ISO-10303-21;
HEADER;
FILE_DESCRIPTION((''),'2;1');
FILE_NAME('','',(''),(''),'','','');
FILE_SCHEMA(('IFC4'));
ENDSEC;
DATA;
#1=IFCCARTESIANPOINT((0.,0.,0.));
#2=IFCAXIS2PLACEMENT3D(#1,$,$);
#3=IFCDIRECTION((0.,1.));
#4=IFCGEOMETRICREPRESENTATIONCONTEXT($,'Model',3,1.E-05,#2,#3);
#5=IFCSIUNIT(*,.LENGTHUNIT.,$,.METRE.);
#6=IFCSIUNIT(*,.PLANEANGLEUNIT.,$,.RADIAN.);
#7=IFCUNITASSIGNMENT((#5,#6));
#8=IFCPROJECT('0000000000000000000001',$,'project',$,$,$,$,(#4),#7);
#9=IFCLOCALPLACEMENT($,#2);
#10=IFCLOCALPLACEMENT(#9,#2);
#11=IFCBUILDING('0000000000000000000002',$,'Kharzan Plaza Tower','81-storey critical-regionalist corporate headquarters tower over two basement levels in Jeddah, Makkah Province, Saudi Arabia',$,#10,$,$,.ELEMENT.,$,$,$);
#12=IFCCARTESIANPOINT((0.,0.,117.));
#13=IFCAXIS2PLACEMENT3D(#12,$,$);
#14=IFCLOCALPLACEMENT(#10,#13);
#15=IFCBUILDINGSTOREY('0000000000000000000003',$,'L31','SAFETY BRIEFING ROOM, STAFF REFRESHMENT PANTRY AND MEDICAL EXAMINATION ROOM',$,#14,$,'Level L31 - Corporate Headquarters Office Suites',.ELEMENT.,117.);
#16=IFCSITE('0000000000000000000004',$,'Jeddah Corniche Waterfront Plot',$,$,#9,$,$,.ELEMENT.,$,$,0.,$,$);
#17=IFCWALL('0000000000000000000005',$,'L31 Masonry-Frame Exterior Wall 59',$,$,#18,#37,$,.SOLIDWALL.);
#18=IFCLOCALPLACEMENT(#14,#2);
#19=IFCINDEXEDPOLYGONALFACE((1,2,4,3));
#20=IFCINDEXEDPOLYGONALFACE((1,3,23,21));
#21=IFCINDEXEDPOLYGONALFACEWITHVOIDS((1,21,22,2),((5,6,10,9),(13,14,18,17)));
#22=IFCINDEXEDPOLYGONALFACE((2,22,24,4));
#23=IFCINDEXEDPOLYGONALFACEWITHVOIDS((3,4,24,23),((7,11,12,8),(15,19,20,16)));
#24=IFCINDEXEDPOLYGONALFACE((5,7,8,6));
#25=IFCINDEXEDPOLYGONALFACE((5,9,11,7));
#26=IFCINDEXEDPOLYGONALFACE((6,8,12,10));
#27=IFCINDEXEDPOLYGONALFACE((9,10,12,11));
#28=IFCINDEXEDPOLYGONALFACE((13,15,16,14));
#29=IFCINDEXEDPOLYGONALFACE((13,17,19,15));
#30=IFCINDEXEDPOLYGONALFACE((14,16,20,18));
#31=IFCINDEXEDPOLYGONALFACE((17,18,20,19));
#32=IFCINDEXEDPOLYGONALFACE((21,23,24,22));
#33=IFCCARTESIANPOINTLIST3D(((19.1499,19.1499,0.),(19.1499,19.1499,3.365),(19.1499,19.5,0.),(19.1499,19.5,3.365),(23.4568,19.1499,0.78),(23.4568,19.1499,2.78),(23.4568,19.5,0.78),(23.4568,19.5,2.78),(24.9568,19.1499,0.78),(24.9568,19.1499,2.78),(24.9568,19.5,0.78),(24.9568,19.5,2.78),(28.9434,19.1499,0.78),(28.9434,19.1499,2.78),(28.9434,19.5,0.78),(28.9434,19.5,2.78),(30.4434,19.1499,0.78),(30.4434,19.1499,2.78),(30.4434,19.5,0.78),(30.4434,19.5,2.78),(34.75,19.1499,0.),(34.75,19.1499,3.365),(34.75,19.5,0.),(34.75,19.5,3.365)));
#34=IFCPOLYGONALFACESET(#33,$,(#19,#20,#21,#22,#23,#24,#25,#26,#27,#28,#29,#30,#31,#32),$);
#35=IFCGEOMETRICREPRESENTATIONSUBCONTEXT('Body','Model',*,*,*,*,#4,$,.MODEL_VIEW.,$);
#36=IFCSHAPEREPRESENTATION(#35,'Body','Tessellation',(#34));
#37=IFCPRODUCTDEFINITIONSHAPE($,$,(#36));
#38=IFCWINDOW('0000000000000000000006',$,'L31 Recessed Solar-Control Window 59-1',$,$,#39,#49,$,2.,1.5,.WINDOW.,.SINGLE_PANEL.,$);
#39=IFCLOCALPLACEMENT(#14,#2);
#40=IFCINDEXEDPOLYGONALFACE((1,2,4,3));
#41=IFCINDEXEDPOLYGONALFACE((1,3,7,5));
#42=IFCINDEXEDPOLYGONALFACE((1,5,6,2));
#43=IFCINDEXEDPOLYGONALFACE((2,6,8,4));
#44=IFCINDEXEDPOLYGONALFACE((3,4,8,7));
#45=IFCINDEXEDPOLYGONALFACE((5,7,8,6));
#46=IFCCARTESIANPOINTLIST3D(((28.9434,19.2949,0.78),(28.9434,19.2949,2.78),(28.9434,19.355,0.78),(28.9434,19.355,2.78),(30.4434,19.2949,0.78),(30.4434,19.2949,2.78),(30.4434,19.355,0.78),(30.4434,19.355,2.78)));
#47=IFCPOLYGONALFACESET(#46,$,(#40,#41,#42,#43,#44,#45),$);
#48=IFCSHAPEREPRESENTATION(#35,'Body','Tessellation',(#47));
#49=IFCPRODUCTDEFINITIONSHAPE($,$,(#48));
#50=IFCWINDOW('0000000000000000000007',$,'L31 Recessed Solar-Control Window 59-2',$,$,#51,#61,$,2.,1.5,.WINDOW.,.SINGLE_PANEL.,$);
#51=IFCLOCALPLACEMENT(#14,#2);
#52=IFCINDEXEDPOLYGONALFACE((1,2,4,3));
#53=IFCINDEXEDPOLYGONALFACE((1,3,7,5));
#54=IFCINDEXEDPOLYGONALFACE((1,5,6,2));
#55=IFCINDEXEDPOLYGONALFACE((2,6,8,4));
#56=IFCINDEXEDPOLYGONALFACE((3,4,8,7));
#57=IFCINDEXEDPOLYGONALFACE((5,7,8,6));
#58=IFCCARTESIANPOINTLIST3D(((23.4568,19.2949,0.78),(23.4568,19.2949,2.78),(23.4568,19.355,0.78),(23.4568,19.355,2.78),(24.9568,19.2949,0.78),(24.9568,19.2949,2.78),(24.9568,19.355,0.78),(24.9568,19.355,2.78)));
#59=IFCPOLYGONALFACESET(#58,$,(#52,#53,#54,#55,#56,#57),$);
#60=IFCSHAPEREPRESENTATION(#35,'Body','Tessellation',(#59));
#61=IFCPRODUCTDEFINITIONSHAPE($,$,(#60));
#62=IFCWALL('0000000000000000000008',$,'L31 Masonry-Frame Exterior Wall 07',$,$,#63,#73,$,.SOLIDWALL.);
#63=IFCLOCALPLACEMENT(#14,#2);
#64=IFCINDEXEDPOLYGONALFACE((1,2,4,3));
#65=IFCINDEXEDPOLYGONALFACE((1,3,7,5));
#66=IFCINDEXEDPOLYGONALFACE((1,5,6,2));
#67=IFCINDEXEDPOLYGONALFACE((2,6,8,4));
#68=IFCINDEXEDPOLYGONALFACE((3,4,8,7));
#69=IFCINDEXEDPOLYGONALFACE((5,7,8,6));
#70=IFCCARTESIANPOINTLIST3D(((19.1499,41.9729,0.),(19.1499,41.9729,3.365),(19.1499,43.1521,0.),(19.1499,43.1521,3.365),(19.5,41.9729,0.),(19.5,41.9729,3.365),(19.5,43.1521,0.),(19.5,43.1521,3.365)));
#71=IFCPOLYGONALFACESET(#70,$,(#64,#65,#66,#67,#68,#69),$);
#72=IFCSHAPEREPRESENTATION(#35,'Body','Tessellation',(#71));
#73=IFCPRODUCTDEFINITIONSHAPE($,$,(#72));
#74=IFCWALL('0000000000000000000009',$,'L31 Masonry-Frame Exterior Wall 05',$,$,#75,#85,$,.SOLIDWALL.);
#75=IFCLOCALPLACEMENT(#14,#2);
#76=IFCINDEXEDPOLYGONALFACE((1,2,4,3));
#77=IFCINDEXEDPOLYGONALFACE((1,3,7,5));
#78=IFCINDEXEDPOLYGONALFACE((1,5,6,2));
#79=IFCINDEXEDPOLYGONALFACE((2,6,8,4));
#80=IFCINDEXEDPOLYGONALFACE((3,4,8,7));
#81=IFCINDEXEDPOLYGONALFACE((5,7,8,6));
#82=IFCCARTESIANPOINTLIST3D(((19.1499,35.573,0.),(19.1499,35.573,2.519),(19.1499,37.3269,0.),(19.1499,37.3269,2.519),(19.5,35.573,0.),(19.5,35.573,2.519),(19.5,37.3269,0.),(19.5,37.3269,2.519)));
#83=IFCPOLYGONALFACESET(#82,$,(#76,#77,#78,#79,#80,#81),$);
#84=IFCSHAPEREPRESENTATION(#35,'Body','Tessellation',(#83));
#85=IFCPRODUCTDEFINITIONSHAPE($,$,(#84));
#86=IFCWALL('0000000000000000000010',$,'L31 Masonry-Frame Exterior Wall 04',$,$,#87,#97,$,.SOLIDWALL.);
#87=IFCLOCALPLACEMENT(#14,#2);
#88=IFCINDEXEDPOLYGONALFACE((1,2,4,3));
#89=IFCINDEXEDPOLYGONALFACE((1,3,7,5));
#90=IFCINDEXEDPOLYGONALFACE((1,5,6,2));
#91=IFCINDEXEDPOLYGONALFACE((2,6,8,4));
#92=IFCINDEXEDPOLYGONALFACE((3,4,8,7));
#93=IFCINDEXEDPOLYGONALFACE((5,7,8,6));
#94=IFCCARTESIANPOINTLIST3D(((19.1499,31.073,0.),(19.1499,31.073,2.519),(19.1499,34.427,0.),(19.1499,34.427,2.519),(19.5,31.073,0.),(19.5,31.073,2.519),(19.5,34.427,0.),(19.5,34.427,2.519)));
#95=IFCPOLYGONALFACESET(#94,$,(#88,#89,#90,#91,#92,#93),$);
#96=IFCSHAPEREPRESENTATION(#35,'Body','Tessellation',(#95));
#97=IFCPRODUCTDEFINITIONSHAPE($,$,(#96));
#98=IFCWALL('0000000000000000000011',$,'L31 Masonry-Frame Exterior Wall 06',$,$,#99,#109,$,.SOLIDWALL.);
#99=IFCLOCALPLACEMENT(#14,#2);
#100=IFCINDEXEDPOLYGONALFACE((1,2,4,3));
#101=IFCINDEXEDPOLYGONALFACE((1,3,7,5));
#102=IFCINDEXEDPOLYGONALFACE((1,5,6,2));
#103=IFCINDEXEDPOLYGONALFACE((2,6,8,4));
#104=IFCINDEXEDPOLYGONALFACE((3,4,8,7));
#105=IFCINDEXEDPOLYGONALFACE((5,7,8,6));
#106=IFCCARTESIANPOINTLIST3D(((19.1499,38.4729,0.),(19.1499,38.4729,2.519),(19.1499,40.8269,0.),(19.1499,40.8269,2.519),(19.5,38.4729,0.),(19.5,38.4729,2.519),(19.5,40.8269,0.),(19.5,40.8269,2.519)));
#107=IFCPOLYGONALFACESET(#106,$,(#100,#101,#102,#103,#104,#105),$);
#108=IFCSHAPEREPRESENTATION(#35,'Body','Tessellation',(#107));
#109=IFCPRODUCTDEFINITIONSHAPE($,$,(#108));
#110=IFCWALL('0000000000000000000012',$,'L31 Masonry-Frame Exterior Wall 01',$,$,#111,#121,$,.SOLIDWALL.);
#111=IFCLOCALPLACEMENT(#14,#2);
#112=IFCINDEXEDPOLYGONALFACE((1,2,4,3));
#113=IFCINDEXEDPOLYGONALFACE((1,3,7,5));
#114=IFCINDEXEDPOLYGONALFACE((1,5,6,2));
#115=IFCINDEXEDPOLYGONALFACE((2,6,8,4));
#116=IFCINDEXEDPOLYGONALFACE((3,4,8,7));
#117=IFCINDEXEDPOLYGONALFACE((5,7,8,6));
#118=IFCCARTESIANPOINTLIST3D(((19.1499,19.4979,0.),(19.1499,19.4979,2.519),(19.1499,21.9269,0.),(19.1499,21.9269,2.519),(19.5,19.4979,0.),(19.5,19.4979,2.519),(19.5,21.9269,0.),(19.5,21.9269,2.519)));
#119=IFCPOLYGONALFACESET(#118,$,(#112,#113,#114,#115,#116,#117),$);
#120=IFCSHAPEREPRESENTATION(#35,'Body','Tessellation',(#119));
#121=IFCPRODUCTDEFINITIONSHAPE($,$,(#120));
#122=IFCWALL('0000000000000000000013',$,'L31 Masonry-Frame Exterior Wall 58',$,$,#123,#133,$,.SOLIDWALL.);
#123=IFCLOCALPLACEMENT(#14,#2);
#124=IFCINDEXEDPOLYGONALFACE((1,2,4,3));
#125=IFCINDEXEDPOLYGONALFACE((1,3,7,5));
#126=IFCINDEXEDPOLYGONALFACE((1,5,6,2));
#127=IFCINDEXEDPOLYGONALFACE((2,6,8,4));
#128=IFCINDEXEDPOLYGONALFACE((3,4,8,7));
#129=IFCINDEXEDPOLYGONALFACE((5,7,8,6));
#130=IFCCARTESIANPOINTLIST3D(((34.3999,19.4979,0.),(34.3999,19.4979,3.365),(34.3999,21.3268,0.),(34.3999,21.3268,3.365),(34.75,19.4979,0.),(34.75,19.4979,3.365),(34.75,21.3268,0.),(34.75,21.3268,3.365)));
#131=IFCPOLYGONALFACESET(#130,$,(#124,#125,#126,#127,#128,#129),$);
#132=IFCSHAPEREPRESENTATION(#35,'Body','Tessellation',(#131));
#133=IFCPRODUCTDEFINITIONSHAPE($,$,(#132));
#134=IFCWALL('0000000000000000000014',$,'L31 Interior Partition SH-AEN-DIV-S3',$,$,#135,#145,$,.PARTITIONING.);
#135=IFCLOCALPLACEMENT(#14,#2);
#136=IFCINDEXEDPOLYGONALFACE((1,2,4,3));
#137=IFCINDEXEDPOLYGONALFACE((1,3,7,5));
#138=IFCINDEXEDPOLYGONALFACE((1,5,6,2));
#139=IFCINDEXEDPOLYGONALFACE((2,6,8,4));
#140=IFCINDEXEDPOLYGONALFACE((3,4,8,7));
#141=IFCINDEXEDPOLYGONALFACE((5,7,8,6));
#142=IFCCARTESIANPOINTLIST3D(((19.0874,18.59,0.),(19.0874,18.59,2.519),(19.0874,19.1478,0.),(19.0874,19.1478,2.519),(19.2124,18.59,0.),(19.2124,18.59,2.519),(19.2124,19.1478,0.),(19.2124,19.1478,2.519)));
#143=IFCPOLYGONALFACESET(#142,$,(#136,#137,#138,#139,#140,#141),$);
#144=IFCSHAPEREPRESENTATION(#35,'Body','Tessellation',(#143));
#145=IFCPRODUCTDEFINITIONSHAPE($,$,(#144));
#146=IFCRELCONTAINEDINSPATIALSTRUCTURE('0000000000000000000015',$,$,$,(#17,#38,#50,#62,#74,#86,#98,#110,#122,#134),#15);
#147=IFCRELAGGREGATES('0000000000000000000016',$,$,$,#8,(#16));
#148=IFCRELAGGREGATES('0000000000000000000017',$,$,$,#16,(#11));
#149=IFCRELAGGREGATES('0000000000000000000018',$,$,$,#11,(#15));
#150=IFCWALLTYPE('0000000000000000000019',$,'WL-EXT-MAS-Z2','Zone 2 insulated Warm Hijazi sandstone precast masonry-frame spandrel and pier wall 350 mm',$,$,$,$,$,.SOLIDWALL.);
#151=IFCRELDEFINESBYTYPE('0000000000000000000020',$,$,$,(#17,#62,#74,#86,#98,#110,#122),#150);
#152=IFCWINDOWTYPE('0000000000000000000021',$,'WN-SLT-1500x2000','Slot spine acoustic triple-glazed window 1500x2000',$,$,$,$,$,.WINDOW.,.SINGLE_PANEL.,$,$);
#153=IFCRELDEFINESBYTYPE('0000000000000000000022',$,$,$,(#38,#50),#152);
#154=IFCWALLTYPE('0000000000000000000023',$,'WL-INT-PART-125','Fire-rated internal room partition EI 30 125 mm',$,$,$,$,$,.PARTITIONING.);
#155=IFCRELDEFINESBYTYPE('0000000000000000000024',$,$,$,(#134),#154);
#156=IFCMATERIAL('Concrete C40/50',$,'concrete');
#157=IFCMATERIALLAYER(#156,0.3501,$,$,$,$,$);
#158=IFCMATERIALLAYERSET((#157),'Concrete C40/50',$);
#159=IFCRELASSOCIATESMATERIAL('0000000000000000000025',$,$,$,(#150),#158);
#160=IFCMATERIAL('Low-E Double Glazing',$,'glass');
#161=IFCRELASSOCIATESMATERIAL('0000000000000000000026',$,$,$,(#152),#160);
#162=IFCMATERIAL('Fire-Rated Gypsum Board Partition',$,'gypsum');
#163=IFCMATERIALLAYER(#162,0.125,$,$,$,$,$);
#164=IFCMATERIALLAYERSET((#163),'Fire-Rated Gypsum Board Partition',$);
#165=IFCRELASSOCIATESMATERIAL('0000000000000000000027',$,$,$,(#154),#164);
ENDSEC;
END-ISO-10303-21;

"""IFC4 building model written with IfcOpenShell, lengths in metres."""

from ifc_helpers import new_model, si_unit, direction, frame, frame_2d, origin, place, context, subcontext, project, spatial, rectangle, extrude, source, transform, mapped, material, layer, layer_set, type_object, element, fill, save


model = new_model("IFC4")

# Units and contexts
model_context = context("Model", 3, precision=1e-05, world=origin(), true_north=direction((0.0, 1.0)))
body_context = subcontext(model_context, "Body", "Model", "MODEL_VIEW")
ifc_project = project(units=[si_unit("LENGTHUNIT", "METRE"), si_unit("PLANEANGLEUNIT", "RADIAN")], contexts=[model_context])

# Site, building, storey
site_placement = place(None, origin())
site = spatial("IfcSite", under=ifc_project, at=site_placement, Name="Jeddah Corniche Waterfront Plot", CompositionType="ELEMENT", RefElevation=0.0)
building_placement = place(site_placement, origin())
building = spatial("IfcBuilding", under=site, at=building_placement, Name="Kharzan Plaza Tower", Description="81-storey critical-regionalist corporate headquarters tower over two basement levels in Jeddah, Makkah Province, Saudi Arabia", CompositionType="ELEMENT")
storey_placement = place(building_placement, frame((0.0, 0.0, 117.0)))
storey = spatial("IfcBuildingStorey", under=building, at=storey_placement, Name="L31", Description="SAFETY BRIEFING ROOM, STAFF REFRESHMENT PANTRY AND MEDICAL EXAMINATION ROOM", LongName="Level L31 - Corporate Headquarters Office Suites", CompositionType="ELEMENT", Elevation=117.0)

# Shared definitions
ifc_material_1 = material(Name="Concrete C40/50", Category="concrete")
ifc_layer_1 = layer(ifc_material_1, 0.3501)
ifc_layer_set_1 = layer_set([ifc_layer_1], Name="Concrete C40/50")
wall_type_1 = type_object("IfcWallType", Name="WL-EXT-MAS-Z2", Description="Zone 2 insulated Warm Hijazi sandstone precast masonry-frame spandrel and pier wall 350 mm", PredefinedType="SOLIDWALL", material=ifc_layer_set_1)
ifc_material_2 = material(Name="Low-E Double Glazing", Category="glass")
window_type_1 = type_object("IfcWindowType", Name="WN-SLT-1500x2000", Description="Slot spine acoustic triple-glazed window 1500x2000", PartitioningType="SINGLE_PANEL", PredefinedType="WINDOW", material=ifc_material_2)

# Wall, openings, windows
wall_1_placement = place(storey_placement, frame((34.75, 19.325, 0.0), z_axis=(0.0, 0.0, 1.0), x_axis=(-1.0, 0.0, 0.0)))
wall_1 = element("IfcWall", 1, at=wall_1_placement, inside=storey, type_object=wall_type_1, Name="L31 Masonry-Frame Exterior Wall 59", PredefinedType="SOLIDWALL", context=body_context, shape_type="SweptSolid", body=[
    extrude(rectangle(XDim=15.6001, YDim=0.3501, at=frame_2d((7.8, 0.0))), origin(), (0.0, 0.0, 1.0), 3.365),
])
opening_1_placement = place(wall_1_placement, frame((4.3066, 0.0, 0.78)))
opening_1 = element("IfcOpeningElement", 2, at=opening_1_placement, cuts=wall_1, PredefinedType="OPENING", context=body_context, shape_type="SweptSolid", body=[
    extrude(rectangle(XDim=1.5, YDim=2.0, at=frame_2d((0.75, 1.0))), frame((0.0, 0.1851, 0.0), z_axis=(0.0, -1.0, 0.0), x_axis=(1.0, 0.0, 0.0)), (0.0, 0.0, 1.0), 0.3701),
])
opening_2_placement = place(wall_1_placement, frame((9.7932, 0.0, 0.78)))
opening_2 = element("IfcOpeningElement", 3, at=opening_2_placement, cuts=wall_1, PredefinedType="OPENING", context=body_context, shape_type="SweptSolid", body=[
    extrude(rectangle(XDim=1.5, YDim=2.0, at=frame_2d((0.75, 1.0))), frame((0.0, 0.1851, 0.0), z_axis=(0.0, -1.0, 0.0), x_axis=(1.0, 0.0, 0.0)), (0.0, 0.0, 1.0), 0.3701),
])
shared_shape_1 = source(origin(), body_context, "Body", "SweptSolid", [
    extrude(rectangle(XDim=1.5, YDim=2.0, at=frame_2d((0.75, 1.0))), frame((0.0, 0.03, 0.0), z_axis=(0.0, -1.0, 0.0), x_axis=(1.0, 0.0, 0.0)), (0.0, 0.0, 1.0), 0.0601),
])
window_1_placement = place(opening_1_placement, origin())
window_1 = element("IfcWindow", 4, at=window_1_placement, inside=storey, type_object=window_type_1, Name="L31 Recessed Solar-Control Window 59-1", OverallHeight=2.0, OverallWidth=1.5, PartitioningType="SINGLE_PANEL", PredefinedType="WINDOW", context=body_context, shape_type="MappedRepresentation", body=[
    mapped(shared_shape_1, transform((0.0, 0.0, 0.0), x_axis=(1.0, 0.0, 0.0), y_axis=(0.0, 1.0, 0.0), z_axis=(0.0, 0.0, 1.0))),
])
fill(opening_1, window_1)
window_2_placement = place(opening_2_placement, origin())
window_2 = element("IfcWindow", 5, at=window_2_placement, inside=storey, type_object=window_type_1, Name="L31 Recessed Solar-Control Window 59-2", OverallHeight=2.0, OverallWidth=1.5, PartitioningType="SINGLE_PANEL", PredefinedType="WINDOW", context=body_context, shape_type="MappedRepresentation", body=[
    mapped(shared_shape_1, transform((0.0, 0.0, 0.0), x_axis=(1.0, 0.0, 0.0), y_axis=(0.0, 1.0, 0.0), z_axis=(0.0, 0.0, 1.0))),
])
fill(opening_2, window_2)

# Walls
shared_shape_2 = source(origin(), body_context, "Body", "SweptSolid", [
    extrude(rectangle(XDim=1.1792, YDim=0.3501, at=frame_2d((0.5896, 0.0))), origin(), (0.0, 0.0, 1.0), 3.365),
])
wall_2_placement = place(storey_placement, frame((19.325, 41.9729, 0.0), z_axis=(0.0, 0.0, 1.0), x_axis=(0.0, 1.0, 0.0)))
element("IfcWall", 6, at=wall_2_placement, inside=storey, type_object=wall_type_1, Name="L31 Masonry-Frame Exterior Wall 07", PredefinedType="SOLIDWALL", context=body_context, shape_type="MappedRepresentation", body=[
    mapped(shared_shape_2, transform((0.0, 0.0, 0.0), x_axis=(1.0, 0.0, 0.0), y_axis=(0.0, 1.0, 0.0), z_axis=(0.0, 0.0, 1.0))),
])
shared_shape_3 = source(origin(), body_context, "Body", "SweptSolid", [
    extrude(rectangle(XDim=1.7539, YDim=0.3501, at=frame_2d((0.877, 0.0))), origin(), (0.0, 0.0, 1.0), 2.519),
])
wall_3_placement = place(storey_placement, frame((19.325, 35.573, 0.0), z_axis=(0.0, 0.0, 1.0), x_axis=(0.0, 1.0, 0.0)))
element("IfcWall", 7, at=wall_3_placement, inside=storey, type_object=wall_type_1, Name="L31 Masonry-Frame Exterior Wall 05", PredefinedType="SOLIDWALL", context=body_context, shape_type="MappedRepresentation", body=[
    mapped(shared_shape_3, transform((0.0, 0.0, 0.0), x_axis=(1.0, 0.0, 0.0), y_axis=(0.0, 1.0, 0.0), z_axis=(0.0, 0.0, 1.0))),
])
shared_shape_4 = source(origin(), body_context, "Body", "SweptSolid", [
    extrude(rectangle(XDim=3.354, YDim=0.3501, at=frame_2d((1.677, 0.0))), origin(), (0.0, 0.0, 1.0), 2.519),
])
wall_4_placement = place(storey_placement, frame((19.325, 31.073, 0.0), z_axis=(0.0, 0.0, 1.0), x_axis=(0.0, 1.0, 0.0)))
element("IfcWall", 8, at=wall_4_placement, inside=storey, type_object=wall_type_1, Name="L31 Masonry-Frame Exterior Wall 04", PredefinedType="SOLIDWALL", context=body_context, shape_type="MappedRepresentation", body=[
    mapped(shared_shape_4, transform((0.0, 0.0, 0.0), x_axis=(1.0, 0.0, 0.0), y_axis=(0.0, 1.0, 0.0), z_axis=(0.0, 0.0, 1.0))),
])
shared_shape_5 = source(origin(), body_context, "Body", "SweptSolid", [
    extrude(rectangle(XDim=2.354, YDim=0.3501, at=frame_2d((1.177, 0.0))), origin(), (0.0, 0.0, 1.0), 2.519),
])
wall_5_placement = place(storey_placement, frame((19.325, 38.4729, 0.0), z_axis=(0.0, 0.0, 1.0), x_axis=(0.0, 1.0, 0.0)))
element("IfcWall", 9, at=wall_5_placement, inside=storey, type_object=wall_type_1, Name="L31 Masonry-Frame Exterior Wall 06", PredefinedType="SOLIDWALL", context=body_context, shape_type="MappedRepresentation", body=[
    mapped(shared_shape_5, transform((0.0, 0.0, 0.0), x_axis=(1.0, 0.0, 0.0), y_axis=(0.0, 1.0, 0.0), z_axis=(0.0, 0.0, 1.0))),
])
shared_shape_6 = source(origin(), body_context, "Body", "SweptSolid", [
    extrude(rectangle(XDim=2.429, YDim=0.3501, at=frame_2d((1.2144, 0.0))), origin(), (0.0, 0.0, 1.0), 2.519),
])
wall_6_placement = place(storey_placement, frame((19.325, 19.498, 0.0), z_axis=(0.0, 0.0, 1.0), x_axis=(0.0, 1.0, 0.0)))
element("IfcWall", 10, at=wall_6_placement, inside=storey, type_object=wall_type_1, Name="L31 Masonry-Frame Exterior Wall 01", PredefinedType="SOLIDWALL", context=body_context, shape_type="MappedRepresentation", body=[
    mapped(shared_shape_6, transform((0.0, 0.0, 0.0), x_axis=(1.0, 0.0, 0.0), y_axis=(0.0, 1.0, 0.0), z_axis=(0.0, 0.0, 1.0))),
])
shared_shape_7 = source(origin(), body_context, "Body", "SweptSolid", [
    extrude(rectangle(XDim=1.8289, YDim=0.3501, at=frame_2d((0.9146, 0.0))), origin(), (0.0, 0.0, 1.0), 3.365),
])
wall_7_placement = place(storey_placement, frame((34.575, 21.3269, 0.0), z_axis=(0.0, 0.0, 1.0), x_axis=(0.0, -1.0, 0.0)))
element("IfcWall", 11, at=wall_7_placement, inside=storey, type_object=wall_type_1, Name="L31 Masonry-Frame Exterior Wall 58", PredefinedType="SOLIDWALL", context=body_context, shape_type="MappedRepresentation", body=[
    mapped(shared_shape_7, transform((0.0, 0.0, 0.0), x_axis=(1.0, 0.0, 0.0), y_axis=(0.0, 1.0, 0.0), z_axis=(0.0, 0.0, 1.0))),
])
ifc_material_3 = material(Name="Fire-Rated Gypsum Board Partition", Category="gypsum")
ifc_layer_2 = layer(ifc_material_3, 0.125)
ifc_layer_set_2 = layer_set([ifc_layer_2], Name="Fire-Rated Gypsum Board Partition")
wall_type_2 = type_object("IfcWallType", Name="WL-INT-PART-125", Description="Fire-rated internal room partition EI 30 125 mm", PredefinedType="PARTITIONING", material=ifc_layer_set_2)
shared_shape_8 = source(origin(), body_context, "Body", "SweptSolid", [
    extrude(rectangle(XDim=0.5579, YDim=0.125, at=frame_2d((0.2788, 0.0))), origin(), (0.0, 0.0, 1.0), 2.519),
])
wall_8_placement = place(storey_placement, frame((19.1499, 18.5901, 0.0), z_axis=(0.0, 0.0, 1.0), x_axis=(0.0, 1.0, 0.0)))
element("IfcWall", 12, at=wall_8_placement, inside=storey, type_object=wall_type_2, Name="L31 Interior Partition SH-AEN-DIV-S3", PredefinedType="PARTITIONING", context=body_context, shape_type="MappedRepresentation", body=[
    mapped(shared_shape_8, transform((0.0, 0.0, 0.0), x_axis=(1.0, 0.0, 0.0), y_axis=(0.0, 1.0, 0.0), z_axis=(0.0, 0.0, 1.0))),
])

save(model, "model.ifc")
